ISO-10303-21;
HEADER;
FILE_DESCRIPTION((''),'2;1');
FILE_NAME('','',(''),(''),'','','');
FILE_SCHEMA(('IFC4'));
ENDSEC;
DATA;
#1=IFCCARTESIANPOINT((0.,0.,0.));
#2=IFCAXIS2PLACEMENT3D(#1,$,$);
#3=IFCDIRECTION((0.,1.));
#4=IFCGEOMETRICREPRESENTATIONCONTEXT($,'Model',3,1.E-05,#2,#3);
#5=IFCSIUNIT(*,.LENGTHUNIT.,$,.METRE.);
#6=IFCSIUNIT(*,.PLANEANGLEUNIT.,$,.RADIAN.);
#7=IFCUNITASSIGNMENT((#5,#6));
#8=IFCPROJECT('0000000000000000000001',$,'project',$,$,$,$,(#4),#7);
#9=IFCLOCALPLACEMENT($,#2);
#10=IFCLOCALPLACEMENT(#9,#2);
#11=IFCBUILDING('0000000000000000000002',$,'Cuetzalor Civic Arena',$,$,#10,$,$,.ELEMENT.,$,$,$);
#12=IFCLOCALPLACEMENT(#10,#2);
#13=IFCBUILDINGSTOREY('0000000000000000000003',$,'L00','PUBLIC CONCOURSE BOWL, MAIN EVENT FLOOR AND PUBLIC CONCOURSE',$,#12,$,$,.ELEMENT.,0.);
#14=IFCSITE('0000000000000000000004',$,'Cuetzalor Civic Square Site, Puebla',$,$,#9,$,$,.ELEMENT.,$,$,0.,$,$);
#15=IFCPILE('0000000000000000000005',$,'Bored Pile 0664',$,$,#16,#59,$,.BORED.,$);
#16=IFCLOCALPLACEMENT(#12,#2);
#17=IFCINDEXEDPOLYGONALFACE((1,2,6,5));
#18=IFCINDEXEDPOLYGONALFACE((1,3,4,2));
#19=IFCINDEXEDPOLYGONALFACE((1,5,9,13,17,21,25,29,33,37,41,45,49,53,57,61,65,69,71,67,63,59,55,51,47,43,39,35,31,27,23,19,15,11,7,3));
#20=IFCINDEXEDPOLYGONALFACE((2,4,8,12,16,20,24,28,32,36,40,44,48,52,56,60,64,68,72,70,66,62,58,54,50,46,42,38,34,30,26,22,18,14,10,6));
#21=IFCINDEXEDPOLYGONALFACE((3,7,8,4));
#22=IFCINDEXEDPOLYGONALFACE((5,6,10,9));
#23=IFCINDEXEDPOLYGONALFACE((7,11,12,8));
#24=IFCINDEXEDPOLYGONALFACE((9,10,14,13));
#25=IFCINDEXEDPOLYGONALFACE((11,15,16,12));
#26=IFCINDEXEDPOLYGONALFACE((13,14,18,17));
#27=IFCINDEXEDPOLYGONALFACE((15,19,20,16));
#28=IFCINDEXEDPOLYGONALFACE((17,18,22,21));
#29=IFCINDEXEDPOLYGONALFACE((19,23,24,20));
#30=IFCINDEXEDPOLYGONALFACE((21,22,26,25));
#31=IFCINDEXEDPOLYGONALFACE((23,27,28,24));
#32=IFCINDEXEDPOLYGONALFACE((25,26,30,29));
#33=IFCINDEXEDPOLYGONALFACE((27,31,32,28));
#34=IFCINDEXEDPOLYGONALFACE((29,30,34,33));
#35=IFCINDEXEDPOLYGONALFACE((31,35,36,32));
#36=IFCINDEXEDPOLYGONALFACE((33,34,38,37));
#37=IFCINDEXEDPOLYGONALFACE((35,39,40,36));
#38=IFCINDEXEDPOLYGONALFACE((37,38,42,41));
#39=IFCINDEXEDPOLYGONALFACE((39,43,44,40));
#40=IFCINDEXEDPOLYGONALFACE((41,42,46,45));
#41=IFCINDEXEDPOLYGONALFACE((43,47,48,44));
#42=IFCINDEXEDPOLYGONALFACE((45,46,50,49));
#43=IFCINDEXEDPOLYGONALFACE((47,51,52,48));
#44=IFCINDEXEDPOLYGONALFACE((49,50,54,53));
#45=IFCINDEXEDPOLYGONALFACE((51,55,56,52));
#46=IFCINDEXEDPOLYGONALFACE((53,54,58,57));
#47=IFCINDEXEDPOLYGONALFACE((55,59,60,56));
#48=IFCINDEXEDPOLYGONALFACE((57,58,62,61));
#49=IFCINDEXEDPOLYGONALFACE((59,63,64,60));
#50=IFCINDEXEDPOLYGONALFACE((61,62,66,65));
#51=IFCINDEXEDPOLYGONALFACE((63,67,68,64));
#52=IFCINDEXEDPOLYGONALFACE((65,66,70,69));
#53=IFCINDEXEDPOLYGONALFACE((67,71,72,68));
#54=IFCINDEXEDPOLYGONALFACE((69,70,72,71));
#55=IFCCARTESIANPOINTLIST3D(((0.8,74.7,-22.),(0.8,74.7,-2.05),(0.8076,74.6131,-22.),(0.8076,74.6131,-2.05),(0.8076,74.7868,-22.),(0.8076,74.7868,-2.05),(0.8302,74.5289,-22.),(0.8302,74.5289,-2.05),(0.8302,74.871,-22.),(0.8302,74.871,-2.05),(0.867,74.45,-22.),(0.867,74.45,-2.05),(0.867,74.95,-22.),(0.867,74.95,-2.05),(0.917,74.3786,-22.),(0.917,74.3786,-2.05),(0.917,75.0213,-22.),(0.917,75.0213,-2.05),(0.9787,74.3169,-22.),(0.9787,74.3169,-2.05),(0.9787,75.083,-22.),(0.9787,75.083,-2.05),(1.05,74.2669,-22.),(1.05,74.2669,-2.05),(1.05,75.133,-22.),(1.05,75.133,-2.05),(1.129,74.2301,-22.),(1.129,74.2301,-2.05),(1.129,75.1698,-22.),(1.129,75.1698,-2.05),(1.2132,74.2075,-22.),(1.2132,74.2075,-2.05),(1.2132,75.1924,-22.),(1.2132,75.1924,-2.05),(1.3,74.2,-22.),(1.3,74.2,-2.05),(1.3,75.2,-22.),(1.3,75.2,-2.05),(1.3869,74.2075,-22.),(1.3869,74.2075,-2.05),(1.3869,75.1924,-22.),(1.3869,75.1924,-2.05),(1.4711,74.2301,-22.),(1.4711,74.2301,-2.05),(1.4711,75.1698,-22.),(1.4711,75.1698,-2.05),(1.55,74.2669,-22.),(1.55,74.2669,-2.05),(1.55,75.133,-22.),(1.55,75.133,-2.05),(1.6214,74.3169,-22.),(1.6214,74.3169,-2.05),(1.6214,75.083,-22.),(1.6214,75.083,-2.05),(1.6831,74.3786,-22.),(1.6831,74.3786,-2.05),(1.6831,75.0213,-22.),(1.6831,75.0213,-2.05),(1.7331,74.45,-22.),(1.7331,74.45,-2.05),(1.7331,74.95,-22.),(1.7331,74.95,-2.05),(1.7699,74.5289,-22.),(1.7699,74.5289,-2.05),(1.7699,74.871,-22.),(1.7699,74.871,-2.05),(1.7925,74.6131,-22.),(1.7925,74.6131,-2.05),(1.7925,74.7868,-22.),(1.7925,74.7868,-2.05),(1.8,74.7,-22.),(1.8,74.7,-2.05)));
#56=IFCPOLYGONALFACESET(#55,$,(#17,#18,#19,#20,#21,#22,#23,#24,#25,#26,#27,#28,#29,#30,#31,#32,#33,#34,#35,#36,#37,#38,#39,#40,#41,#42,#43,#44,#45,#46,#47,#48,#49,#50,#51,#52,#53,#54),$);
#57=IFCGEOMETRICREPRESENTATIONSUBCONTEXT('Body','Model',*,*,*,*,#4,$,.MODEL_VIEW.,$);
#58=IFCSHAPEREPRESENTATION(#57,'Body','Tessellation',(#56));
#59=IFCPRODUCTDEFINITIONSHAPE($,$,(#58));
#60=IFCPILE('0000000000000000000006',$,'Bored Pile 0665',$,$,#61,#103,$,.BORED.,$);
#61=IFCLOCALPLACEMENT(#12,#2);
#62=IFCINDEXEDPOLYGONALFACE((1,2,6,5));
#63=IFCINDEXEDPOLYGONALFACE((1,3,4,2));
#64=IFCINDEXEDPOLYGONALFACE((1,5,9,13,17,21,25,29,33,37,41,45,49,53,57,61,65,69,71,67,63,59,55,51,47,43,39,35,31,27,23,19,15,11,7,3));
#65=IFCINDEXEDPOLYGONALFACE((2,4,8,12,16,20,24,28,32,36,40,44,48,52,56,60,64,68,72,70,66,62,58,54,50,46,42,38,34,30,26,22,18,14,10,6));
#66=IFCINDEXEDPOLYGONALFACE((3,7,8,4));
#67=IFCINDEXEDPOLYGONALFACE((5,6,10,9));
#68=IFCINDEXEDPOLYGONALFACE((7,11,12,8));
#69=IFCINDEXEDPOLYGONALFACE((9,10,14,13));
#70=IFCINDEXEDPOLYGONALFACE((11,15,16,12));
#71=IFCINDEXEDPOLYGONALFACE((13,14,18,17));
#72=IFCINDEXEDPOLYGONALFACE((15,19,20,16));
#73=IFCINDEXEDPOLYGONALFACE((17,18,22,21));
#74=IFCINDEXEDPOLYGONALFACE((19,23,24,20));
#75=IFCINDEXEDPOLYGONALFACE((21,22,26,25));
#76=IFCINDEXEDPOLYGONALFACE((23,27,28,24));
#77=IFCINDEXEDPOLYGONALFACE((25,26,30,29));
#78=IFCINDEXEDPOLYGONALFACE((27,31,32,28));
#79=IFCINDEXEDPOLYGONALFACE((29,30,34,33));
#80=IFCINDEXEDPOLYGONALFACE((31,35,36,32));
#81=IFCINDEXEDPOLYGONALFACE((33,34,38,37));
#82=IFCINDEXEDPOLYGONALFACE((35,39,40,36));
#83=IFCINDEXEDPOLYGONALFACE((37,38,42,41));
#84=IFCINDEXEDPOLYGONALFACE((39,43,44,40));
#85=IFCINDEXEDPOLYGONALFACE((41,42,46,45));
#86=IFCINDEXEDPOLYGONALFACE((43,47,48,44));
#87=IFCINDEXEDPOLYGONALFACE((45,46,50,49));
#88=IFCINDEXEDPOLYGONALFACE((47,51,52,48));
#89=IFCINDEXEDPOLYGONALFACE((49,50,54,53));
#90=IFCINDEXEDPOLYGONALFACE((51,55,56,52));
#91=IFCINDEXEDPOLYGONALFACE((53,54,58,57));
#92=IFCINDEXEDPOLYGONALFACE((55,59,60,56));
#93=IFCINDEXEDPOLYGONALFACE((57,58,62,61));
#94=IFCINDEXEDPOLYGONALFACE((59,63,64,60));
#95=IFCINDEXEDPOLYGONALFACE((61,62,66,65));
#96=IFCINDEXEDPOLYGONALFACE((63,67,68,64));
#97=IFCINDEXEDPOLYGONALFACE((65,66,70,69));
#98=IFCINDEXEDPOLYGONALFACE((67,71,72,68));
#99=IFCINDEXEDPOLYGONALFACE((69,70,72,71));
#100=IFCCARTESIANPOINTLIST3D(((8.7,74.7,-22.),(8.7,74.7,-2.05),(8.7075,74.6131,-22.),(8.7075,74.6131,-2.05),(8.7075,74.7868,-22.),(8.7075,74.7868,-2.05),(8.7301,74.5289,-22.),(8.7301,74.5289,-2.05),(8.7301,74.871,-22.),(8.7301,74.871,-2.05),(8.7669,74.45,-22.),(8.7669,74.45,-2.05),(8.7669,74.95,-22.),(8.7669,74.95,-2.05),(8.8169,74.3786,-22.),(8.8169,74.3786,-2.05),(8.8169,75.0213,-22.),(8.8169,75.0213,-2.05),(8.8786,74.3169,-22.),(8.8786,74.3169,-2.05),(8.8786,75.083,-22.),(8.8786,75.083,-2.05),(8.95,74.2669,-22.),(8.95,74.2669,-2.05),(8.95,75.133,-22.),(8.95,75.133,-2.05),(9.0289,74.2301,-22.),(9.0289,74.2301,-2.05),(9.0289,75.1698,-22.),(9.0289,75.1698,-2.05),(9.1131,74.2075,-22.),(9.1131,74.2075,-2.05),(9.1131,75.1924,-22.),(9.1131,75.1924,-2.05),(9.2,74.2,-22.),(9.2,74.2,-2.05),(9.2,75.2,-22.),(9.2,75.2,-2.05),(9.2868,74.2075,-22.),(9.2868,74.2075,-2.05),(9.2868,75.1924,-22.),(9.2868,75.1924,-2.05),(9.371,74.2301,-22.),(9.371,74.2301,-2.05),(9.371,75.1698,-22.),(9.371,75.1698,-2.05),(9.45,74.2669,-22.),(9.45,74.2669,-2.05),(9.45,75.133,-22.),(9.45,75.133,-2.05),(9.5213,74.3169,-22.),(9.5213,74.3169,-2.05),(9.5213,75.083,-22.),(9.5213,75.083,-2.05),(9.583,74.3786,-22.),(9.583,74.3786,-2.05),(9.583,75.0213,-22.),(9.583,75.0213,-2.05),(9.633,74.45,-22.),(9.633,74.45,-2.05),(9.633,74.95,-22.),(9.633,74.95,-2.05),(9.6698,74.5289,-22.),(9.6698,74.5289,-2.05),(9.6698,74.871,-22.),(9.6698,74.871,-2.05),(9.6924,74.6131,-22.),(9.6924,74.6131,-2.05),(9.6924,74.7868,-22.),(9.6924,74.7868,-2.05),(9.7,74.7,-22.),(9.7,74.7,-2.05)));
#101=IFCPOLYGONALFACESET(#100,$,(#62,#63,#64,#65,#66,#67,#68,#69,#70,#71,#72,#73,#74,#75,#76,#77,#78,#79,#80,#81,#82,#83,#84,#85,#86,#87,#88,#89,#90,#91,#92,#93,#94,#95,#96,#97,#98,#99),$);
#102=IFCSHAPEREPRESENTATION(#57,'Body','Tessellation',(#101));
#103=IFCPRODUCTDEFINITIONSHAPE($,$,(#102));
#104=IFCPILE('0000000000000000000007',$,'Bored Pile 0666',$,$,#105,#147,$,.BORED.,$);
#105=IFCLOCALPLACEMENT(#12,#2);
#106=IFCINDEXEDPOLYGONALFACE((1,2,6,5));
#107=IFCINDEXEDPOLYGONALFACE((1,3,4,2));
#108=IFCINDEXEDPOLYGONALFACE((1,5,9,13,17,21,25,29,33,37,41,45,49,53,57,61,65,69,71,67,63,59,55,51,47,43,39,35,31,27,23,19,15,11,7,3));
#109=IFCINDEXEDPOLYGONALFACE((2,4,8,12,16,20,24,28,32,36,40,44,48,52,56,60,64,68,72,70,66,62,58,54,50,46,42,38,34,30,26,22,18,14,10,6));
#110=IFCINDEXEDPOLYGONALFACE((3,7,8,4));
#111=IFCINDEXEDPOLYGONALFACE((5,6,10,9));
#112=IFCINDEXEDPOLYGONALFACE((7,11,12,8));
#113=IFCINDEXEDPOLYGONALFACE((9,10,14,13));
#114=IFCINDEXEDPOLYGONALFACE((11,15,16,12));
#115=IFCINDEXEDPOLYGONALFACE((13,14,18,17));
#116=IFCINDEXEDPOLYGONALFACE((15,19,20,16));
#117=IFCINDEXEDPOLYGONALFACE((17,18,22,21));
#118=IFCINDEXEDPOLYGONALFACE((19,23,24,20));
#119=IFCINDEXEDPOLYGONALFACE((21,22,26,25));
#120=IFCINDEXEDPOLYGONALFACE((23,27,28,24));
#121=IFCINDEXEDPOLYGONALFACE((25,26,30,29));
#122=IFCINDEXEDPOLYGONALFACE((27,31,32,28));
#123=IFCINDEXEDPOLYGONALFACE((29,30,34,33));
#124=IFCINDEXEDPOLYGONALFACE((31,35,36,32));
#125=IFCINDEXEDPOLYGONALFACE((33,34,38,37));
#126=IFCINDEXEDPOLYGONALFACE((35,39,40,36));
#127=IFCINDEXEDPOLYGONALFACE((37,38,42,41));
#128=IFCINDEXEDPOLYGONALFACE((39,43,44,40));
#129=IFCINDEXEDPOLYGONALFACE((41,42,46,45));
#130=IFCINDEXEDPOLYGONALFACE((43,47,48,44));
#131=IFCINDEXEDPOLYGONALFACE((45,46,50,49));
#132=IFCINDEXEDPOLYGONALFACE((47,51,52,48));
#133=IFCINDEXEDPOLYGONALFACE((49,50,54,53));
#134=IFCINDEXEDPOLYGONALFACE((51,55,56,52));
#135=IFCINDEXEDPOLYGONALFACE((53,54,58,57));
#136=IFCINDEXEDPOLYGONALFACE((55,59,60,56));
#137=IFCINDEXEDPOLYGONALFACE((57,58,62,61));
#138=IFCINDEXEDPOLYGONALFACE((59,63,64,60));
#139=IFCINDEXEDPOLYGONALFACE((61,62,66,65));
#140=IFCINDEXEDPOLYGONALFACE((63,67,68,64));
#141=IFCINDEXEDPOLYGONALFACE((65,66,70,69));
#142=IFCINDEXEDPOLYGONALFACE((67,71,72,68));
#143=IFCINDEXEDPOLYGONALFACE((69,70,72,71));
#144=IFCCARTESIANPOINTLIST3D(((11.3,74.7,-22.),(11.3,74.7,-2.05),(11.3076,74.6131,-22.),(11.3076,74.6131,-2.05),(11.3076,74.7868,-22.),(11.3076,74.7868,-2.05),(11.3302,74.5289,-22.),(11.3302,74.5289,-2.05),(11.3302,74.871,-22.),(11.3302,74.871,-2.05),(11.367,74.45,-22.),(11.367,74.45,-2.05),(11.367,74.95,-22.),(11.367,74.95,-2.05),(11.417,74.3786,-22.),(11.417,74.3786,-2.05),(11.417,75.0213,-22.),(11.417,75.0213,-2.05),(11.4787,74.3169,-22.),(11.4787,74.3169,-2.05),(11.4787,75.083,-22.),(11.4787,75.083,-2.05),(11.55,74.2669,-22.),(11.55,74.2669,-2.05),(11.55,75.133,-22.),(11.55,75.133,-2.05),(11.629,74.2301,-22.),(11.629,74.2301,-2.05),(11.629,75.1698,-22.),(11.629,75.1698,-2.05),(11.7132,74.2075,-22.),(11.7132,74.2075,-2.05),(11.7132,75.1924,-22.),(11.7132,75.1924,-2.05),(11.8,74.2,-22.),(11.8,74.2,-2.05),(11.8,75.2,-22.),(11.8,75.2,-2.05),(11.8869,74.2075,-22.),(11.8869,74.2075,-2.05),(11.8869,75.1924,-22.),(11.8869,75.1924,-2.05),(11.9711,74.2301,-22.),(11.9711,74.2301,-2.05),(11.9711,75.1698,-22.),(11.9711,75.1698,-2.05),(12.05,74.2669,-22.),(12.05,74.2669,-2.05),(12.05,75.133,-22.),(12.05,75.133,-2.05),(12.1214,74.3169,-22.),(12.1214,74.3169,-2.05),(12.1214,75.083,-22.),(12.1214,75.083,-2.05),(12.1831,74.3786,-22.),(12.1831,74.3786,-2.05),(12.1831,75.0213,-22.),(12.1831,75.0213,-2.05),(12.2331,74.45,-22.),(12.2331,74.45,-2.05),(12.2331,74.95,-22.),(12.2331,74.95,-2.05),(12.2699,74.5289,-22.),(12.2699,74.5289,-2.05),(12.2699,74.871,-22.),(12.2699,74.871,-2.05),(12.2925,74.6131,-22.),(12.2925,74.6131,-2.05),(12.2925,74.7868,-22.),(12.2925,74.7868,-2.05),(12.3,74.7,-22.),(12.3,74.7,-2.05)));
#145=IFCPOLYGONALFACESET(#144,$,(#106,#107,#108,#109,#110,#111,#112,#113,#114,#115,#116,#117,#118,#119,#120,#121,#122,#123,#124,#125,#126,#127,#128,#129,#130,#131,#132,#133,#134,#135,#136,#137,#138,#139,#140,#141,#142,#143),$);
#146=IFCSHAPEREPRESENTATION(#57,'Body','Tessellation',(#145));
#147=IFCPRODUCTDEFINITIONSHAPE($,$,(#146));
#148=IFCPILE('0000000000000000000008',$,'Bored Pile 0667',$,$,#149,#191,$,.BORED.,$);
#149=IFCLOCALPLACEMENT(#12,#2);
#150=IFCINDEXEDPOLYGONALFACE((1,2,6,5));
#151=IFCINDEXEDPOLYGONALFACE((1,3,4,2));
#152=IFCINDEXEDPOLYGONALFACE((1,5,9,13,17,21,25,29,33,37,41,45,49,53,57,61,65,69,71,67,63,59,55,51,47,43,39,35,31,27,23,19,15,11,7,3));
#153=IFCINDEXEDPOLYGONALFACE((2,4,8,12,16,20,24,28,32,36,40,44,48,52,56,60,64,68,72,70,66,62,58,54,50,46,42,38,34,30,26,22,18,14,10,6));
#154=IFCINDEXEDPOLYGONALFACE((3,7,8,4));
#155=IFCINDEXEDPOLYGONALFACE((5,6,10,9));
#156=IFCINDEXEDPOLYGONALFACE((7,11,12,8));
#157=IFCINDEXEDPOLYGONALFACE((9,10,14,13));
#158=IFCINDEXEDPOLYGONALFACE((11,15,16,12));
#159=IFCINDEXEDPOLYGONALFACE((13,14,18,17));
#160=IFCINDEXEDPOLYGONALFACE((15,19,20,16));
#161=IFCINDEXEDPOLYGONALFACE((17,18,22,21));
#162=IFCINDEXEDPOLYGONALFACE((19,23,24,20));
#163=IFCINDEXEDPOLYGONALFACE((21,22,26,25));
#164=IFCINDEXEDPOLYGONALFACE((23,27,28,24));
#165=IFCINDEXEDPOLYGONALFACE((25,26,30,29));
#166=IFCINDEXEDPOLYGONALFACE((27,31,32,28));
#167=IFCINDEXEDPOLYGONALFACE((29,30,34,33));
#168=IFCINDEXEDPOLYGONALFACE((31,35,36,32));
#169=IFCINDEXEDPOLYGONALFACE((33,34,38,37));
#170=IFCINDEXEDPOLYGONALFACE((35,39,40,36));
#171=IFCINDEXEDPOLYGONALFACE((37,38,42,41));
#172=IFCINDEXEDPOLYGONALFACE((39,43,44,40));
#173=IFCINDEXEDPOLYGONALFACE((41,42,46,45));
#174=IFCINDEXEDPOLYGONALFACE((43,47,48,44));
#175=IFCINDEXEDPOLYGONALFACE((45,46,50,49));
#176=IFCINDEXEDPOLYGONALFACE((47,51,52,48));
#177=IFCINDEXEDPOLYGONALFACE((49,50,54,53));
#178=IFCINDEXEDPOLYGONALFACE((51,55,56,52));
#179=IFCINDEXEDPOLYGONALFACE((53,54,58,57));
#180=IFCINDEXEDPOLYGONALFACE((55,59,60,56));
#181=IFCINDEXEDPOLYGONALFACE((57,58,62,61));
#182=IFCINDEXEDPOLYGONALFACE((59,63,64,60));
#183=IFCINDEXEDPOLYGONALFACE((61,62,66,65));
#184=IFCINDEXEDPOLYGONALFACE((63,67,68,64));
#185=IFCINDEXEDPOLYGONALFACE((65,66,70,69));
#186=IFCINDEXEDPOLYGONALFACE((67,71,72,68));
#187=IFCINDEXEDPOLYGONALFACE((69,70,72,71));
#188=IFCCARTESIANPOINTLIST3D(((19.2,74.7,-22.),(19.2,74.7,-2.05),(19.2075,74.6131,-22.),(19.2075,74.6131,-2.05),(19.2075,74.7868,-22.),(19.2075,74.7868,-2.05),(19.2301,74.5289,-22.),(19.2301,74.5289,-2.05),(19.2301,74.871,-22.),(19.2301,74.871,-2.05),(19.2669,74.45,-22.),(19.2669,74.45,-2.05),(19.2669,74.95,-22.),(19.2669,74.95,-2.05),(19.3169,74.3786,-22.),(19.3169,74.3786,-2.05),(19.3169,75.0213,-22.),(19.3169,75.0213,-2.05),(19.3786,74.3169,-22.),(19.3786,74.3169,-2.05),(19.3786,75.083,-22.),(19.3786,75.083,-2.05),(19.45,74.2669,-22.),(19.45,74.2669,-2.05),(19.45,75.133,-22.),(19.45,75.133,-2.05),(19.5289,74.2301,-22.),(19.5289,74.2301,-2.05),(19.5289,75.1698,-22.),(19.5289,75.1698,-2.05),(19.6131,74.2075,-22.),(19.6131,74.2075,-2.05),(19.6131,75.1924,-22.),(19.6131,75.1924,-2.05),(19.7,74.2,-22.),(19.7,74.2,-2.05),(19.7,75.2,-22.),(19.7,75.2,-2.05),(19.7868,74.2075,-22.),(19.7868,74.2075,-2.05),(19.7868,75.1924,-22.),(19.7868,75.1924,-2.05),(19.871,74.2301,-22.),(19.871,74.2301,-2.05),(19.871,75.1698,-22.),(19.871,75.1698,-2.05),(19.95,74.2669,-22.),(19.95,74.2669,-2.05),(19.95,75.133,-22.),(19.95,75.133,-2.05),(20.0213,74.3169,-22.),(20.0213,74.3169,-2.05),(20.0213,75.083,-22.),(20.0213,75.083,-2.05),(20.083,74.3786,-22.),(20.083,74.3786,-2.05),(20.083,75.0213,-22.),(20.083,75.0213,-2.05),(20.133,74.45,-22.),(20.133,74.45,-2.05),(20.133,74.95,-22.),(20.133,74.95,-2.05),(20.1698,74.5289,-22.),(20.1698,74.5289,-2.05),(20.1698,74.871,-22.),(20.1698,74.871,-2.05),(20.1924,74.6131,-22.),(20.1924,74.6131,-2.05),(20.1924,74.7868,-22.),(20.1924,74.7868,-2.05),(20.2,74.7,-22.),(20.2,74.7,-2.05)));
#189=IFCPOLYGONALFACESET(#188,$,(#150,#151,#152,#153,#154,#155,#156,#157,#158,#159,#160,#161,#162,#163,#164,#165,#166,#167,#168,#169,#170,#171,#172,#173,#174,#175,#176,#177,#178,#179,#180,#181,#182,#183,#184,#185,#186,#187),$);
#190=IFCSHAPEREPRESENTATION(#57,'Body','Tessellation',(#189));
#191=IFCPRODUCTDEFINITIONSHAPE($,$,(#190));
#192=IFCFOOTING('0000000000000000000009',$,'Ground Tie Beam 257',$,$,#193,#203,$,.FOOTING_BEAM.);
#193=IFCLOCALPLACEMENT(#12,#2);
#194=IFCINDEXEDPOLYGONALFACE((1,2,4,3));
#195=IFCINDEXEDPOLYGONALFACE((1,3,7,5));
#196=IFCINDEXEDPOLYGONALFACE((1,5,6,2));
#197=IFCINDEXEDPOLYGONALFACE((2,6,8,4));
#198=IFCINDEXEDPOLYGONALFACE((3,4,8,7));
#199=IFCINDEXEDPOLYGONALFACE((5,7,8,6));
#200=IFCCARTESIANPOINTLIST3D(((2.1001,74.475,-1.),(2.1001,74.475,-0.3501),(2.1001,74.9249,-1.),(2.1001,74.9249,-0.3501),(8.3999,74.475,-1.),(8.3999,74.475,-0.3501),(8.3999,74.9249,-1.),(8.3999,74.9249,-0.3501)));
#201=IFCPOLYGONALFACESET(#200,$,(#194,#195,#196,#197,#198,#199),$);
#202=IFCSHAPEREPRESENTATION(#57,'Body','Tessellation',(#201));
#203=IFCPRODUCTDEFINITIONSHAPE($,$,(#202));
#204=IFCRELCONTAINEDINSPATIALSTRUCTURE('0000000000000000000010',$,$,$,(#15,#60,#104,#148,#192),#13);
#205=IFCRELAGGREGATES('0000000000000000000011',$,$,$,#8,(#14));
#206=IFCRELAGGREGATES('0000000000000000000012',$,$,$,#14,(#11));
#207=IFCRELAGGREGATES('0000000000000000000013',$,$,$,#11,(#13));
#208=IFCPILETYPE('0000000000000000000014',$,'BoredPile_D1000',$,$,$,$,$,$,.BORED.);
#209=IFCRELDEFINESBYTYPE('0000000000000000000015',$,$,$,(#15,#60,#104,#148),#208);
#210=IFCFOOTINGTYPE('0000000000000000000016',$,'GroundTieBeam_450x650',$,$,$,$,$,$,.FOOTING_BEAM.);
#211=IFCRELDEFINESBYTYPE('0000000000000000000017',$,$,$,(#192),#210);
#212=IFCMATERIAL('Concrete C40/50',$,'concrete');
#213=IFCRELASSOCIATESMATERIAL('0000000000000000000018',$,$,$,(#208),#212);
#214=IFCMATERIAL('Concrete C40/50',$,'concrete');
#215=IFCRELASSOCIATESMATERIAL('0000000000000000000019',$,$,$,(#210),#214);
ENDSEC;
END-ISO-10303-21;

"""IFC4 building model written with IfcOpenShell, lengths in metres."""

from ifc_helpers import new_model, si_unit, direction, frame, origin, origin_2d, place, context, subcontext, project, spatial, rectangle, circle, extrude, material, material_profile, profile_set, type_object, element, save


model = new_model("IFC4")

# Units and contexts
model_context = context("Model", 3, precision=1e-05, world=origin(), true_north=direction((0.0, 1.0)))
body_context = subcontext(model_context, "Body", "Model", "MODEL_VIEW")
ifc_project = project(units=[si_unit("LENGTHUNIT", "METRE"), si_unit("PLANEANGLEUNIT", "RADIAN")], contexts=[model_context])

# Site, building, storey
site_placement = place(None, origin())
site = spatial("IfcSite", under=ifc_project, at=site_placement, Name="Cuetzalor Civic Square Site, Puebla", CompositionType="ELEMENT", RefElevation=0.0)
building_placement = place(site_placement, origin())
building = spatial("IfcBuilding", under=site, at=building_placement, Name="Cuetzalor Civic Arena", CompositionType="ELEMENT")
storey_placement = place(building_placement, origin())
storey = spatial("IfcBuildingStorey", under=building, at=storey_placement, Name="L00", Description="PUBLIC CONCOURSE BOWL, MAIN EVENT FLOOR AND PUBLIC CONCOURSE", CompositionType="ELEMENT", Elevation=0.0)

# Piles
ifc_material_1 = material(Name="Concrete C40/50", Category="concrete")
ifc_material_profile_1 = material_profile(ifc_material_1, circle(Radius=0.5, at=origin_2d()), Name="BORED PILE D1000")
ifc_profile_set_1 = profile_set([ifc_material_profile_1], Name="Concrete C40/50")
pile_type = type_object("IfcPileType", Name="BoredPile_D1000", PredefinedType="BORED", material=ifc_profile_set_1)
for number, where, z_axis, x_axis, name in (
    (1, (1.3, 74.7, -2.05), (0.0, 0.0, -1.0), (1.0, 0.0, 0.0), "Bored Pile 0664"),
    (2, (9.2, 74.7, -2.05), (0.0, 0.0, -1.0), (1.0, 0.0, 0.0), "Bored Pile 0665"),
    (3, (11.8, 74.7, -2.05), (0.0, 0.0, -1.0), (1.0, 0.0, 0.0), "Bored Pile 0666"),
    (4, (19.7, 74.7, -2.05), (0.0, 0.0, -1.0), (1.0, 0.0, 0.0), "Bored Pile 0667"),
):
    element("IfcPile", number, at=place(storey_placement, frame(where, z_axis=z_axis, x_axis=x_axis)), inside=storey, type_object=pile_type, Name=name, PredefinedType="BORED", context=body_context, shape_type="SweptSolid", body=[
        extrude(circle(Radius=0.5, at=origin_2d()), origin(), (0.0, 0.0, 1.0), 19.95),
    ])

# Footing
ifc_material_2 = material(Name="Concrete C40/50", Category="concrete")
ifc_material_profile_2 = material_profile(ifc_material_2, rectangle(XDim=0.45, YDim=0.6499, at=origin_2d()), Name="RC 450x650")
ifc_profile_set_2 = profile_set([ifc_material_profile_2], Name="Concrete C40/50")
footing_type_1 = type_object("IfcFootingType", Name="GroundTieBeam_450x650", PredefinedType="FOOTING_BEAM", material=ifc_profile_set_2)
for number, where, z_axis, x_axis, name in (
    (5, (2.1001, 74.7, -0.675), (1.0, 0.0, 0.0), (0.0, 1.0, 0.0), "Ground Tie Beam 257"),
):
    element("IfcFooting", number, at=place(storey_placement, frame(where, z_axis=z_axis, x_axis=x_axis)), inside=storey, type_object=footing_type_1, Name=name, PredefinedType="FOOTING_BEAM", context=body_context, shape_type="SweptSolid", body=[
        extrude(rectangle(XDim=0.45, YDim=0.6499, at=origin_2d()), origin(), (0.0, 0.0, 1.0), 6.2998),
    ])

save(model, "model.ifc")
